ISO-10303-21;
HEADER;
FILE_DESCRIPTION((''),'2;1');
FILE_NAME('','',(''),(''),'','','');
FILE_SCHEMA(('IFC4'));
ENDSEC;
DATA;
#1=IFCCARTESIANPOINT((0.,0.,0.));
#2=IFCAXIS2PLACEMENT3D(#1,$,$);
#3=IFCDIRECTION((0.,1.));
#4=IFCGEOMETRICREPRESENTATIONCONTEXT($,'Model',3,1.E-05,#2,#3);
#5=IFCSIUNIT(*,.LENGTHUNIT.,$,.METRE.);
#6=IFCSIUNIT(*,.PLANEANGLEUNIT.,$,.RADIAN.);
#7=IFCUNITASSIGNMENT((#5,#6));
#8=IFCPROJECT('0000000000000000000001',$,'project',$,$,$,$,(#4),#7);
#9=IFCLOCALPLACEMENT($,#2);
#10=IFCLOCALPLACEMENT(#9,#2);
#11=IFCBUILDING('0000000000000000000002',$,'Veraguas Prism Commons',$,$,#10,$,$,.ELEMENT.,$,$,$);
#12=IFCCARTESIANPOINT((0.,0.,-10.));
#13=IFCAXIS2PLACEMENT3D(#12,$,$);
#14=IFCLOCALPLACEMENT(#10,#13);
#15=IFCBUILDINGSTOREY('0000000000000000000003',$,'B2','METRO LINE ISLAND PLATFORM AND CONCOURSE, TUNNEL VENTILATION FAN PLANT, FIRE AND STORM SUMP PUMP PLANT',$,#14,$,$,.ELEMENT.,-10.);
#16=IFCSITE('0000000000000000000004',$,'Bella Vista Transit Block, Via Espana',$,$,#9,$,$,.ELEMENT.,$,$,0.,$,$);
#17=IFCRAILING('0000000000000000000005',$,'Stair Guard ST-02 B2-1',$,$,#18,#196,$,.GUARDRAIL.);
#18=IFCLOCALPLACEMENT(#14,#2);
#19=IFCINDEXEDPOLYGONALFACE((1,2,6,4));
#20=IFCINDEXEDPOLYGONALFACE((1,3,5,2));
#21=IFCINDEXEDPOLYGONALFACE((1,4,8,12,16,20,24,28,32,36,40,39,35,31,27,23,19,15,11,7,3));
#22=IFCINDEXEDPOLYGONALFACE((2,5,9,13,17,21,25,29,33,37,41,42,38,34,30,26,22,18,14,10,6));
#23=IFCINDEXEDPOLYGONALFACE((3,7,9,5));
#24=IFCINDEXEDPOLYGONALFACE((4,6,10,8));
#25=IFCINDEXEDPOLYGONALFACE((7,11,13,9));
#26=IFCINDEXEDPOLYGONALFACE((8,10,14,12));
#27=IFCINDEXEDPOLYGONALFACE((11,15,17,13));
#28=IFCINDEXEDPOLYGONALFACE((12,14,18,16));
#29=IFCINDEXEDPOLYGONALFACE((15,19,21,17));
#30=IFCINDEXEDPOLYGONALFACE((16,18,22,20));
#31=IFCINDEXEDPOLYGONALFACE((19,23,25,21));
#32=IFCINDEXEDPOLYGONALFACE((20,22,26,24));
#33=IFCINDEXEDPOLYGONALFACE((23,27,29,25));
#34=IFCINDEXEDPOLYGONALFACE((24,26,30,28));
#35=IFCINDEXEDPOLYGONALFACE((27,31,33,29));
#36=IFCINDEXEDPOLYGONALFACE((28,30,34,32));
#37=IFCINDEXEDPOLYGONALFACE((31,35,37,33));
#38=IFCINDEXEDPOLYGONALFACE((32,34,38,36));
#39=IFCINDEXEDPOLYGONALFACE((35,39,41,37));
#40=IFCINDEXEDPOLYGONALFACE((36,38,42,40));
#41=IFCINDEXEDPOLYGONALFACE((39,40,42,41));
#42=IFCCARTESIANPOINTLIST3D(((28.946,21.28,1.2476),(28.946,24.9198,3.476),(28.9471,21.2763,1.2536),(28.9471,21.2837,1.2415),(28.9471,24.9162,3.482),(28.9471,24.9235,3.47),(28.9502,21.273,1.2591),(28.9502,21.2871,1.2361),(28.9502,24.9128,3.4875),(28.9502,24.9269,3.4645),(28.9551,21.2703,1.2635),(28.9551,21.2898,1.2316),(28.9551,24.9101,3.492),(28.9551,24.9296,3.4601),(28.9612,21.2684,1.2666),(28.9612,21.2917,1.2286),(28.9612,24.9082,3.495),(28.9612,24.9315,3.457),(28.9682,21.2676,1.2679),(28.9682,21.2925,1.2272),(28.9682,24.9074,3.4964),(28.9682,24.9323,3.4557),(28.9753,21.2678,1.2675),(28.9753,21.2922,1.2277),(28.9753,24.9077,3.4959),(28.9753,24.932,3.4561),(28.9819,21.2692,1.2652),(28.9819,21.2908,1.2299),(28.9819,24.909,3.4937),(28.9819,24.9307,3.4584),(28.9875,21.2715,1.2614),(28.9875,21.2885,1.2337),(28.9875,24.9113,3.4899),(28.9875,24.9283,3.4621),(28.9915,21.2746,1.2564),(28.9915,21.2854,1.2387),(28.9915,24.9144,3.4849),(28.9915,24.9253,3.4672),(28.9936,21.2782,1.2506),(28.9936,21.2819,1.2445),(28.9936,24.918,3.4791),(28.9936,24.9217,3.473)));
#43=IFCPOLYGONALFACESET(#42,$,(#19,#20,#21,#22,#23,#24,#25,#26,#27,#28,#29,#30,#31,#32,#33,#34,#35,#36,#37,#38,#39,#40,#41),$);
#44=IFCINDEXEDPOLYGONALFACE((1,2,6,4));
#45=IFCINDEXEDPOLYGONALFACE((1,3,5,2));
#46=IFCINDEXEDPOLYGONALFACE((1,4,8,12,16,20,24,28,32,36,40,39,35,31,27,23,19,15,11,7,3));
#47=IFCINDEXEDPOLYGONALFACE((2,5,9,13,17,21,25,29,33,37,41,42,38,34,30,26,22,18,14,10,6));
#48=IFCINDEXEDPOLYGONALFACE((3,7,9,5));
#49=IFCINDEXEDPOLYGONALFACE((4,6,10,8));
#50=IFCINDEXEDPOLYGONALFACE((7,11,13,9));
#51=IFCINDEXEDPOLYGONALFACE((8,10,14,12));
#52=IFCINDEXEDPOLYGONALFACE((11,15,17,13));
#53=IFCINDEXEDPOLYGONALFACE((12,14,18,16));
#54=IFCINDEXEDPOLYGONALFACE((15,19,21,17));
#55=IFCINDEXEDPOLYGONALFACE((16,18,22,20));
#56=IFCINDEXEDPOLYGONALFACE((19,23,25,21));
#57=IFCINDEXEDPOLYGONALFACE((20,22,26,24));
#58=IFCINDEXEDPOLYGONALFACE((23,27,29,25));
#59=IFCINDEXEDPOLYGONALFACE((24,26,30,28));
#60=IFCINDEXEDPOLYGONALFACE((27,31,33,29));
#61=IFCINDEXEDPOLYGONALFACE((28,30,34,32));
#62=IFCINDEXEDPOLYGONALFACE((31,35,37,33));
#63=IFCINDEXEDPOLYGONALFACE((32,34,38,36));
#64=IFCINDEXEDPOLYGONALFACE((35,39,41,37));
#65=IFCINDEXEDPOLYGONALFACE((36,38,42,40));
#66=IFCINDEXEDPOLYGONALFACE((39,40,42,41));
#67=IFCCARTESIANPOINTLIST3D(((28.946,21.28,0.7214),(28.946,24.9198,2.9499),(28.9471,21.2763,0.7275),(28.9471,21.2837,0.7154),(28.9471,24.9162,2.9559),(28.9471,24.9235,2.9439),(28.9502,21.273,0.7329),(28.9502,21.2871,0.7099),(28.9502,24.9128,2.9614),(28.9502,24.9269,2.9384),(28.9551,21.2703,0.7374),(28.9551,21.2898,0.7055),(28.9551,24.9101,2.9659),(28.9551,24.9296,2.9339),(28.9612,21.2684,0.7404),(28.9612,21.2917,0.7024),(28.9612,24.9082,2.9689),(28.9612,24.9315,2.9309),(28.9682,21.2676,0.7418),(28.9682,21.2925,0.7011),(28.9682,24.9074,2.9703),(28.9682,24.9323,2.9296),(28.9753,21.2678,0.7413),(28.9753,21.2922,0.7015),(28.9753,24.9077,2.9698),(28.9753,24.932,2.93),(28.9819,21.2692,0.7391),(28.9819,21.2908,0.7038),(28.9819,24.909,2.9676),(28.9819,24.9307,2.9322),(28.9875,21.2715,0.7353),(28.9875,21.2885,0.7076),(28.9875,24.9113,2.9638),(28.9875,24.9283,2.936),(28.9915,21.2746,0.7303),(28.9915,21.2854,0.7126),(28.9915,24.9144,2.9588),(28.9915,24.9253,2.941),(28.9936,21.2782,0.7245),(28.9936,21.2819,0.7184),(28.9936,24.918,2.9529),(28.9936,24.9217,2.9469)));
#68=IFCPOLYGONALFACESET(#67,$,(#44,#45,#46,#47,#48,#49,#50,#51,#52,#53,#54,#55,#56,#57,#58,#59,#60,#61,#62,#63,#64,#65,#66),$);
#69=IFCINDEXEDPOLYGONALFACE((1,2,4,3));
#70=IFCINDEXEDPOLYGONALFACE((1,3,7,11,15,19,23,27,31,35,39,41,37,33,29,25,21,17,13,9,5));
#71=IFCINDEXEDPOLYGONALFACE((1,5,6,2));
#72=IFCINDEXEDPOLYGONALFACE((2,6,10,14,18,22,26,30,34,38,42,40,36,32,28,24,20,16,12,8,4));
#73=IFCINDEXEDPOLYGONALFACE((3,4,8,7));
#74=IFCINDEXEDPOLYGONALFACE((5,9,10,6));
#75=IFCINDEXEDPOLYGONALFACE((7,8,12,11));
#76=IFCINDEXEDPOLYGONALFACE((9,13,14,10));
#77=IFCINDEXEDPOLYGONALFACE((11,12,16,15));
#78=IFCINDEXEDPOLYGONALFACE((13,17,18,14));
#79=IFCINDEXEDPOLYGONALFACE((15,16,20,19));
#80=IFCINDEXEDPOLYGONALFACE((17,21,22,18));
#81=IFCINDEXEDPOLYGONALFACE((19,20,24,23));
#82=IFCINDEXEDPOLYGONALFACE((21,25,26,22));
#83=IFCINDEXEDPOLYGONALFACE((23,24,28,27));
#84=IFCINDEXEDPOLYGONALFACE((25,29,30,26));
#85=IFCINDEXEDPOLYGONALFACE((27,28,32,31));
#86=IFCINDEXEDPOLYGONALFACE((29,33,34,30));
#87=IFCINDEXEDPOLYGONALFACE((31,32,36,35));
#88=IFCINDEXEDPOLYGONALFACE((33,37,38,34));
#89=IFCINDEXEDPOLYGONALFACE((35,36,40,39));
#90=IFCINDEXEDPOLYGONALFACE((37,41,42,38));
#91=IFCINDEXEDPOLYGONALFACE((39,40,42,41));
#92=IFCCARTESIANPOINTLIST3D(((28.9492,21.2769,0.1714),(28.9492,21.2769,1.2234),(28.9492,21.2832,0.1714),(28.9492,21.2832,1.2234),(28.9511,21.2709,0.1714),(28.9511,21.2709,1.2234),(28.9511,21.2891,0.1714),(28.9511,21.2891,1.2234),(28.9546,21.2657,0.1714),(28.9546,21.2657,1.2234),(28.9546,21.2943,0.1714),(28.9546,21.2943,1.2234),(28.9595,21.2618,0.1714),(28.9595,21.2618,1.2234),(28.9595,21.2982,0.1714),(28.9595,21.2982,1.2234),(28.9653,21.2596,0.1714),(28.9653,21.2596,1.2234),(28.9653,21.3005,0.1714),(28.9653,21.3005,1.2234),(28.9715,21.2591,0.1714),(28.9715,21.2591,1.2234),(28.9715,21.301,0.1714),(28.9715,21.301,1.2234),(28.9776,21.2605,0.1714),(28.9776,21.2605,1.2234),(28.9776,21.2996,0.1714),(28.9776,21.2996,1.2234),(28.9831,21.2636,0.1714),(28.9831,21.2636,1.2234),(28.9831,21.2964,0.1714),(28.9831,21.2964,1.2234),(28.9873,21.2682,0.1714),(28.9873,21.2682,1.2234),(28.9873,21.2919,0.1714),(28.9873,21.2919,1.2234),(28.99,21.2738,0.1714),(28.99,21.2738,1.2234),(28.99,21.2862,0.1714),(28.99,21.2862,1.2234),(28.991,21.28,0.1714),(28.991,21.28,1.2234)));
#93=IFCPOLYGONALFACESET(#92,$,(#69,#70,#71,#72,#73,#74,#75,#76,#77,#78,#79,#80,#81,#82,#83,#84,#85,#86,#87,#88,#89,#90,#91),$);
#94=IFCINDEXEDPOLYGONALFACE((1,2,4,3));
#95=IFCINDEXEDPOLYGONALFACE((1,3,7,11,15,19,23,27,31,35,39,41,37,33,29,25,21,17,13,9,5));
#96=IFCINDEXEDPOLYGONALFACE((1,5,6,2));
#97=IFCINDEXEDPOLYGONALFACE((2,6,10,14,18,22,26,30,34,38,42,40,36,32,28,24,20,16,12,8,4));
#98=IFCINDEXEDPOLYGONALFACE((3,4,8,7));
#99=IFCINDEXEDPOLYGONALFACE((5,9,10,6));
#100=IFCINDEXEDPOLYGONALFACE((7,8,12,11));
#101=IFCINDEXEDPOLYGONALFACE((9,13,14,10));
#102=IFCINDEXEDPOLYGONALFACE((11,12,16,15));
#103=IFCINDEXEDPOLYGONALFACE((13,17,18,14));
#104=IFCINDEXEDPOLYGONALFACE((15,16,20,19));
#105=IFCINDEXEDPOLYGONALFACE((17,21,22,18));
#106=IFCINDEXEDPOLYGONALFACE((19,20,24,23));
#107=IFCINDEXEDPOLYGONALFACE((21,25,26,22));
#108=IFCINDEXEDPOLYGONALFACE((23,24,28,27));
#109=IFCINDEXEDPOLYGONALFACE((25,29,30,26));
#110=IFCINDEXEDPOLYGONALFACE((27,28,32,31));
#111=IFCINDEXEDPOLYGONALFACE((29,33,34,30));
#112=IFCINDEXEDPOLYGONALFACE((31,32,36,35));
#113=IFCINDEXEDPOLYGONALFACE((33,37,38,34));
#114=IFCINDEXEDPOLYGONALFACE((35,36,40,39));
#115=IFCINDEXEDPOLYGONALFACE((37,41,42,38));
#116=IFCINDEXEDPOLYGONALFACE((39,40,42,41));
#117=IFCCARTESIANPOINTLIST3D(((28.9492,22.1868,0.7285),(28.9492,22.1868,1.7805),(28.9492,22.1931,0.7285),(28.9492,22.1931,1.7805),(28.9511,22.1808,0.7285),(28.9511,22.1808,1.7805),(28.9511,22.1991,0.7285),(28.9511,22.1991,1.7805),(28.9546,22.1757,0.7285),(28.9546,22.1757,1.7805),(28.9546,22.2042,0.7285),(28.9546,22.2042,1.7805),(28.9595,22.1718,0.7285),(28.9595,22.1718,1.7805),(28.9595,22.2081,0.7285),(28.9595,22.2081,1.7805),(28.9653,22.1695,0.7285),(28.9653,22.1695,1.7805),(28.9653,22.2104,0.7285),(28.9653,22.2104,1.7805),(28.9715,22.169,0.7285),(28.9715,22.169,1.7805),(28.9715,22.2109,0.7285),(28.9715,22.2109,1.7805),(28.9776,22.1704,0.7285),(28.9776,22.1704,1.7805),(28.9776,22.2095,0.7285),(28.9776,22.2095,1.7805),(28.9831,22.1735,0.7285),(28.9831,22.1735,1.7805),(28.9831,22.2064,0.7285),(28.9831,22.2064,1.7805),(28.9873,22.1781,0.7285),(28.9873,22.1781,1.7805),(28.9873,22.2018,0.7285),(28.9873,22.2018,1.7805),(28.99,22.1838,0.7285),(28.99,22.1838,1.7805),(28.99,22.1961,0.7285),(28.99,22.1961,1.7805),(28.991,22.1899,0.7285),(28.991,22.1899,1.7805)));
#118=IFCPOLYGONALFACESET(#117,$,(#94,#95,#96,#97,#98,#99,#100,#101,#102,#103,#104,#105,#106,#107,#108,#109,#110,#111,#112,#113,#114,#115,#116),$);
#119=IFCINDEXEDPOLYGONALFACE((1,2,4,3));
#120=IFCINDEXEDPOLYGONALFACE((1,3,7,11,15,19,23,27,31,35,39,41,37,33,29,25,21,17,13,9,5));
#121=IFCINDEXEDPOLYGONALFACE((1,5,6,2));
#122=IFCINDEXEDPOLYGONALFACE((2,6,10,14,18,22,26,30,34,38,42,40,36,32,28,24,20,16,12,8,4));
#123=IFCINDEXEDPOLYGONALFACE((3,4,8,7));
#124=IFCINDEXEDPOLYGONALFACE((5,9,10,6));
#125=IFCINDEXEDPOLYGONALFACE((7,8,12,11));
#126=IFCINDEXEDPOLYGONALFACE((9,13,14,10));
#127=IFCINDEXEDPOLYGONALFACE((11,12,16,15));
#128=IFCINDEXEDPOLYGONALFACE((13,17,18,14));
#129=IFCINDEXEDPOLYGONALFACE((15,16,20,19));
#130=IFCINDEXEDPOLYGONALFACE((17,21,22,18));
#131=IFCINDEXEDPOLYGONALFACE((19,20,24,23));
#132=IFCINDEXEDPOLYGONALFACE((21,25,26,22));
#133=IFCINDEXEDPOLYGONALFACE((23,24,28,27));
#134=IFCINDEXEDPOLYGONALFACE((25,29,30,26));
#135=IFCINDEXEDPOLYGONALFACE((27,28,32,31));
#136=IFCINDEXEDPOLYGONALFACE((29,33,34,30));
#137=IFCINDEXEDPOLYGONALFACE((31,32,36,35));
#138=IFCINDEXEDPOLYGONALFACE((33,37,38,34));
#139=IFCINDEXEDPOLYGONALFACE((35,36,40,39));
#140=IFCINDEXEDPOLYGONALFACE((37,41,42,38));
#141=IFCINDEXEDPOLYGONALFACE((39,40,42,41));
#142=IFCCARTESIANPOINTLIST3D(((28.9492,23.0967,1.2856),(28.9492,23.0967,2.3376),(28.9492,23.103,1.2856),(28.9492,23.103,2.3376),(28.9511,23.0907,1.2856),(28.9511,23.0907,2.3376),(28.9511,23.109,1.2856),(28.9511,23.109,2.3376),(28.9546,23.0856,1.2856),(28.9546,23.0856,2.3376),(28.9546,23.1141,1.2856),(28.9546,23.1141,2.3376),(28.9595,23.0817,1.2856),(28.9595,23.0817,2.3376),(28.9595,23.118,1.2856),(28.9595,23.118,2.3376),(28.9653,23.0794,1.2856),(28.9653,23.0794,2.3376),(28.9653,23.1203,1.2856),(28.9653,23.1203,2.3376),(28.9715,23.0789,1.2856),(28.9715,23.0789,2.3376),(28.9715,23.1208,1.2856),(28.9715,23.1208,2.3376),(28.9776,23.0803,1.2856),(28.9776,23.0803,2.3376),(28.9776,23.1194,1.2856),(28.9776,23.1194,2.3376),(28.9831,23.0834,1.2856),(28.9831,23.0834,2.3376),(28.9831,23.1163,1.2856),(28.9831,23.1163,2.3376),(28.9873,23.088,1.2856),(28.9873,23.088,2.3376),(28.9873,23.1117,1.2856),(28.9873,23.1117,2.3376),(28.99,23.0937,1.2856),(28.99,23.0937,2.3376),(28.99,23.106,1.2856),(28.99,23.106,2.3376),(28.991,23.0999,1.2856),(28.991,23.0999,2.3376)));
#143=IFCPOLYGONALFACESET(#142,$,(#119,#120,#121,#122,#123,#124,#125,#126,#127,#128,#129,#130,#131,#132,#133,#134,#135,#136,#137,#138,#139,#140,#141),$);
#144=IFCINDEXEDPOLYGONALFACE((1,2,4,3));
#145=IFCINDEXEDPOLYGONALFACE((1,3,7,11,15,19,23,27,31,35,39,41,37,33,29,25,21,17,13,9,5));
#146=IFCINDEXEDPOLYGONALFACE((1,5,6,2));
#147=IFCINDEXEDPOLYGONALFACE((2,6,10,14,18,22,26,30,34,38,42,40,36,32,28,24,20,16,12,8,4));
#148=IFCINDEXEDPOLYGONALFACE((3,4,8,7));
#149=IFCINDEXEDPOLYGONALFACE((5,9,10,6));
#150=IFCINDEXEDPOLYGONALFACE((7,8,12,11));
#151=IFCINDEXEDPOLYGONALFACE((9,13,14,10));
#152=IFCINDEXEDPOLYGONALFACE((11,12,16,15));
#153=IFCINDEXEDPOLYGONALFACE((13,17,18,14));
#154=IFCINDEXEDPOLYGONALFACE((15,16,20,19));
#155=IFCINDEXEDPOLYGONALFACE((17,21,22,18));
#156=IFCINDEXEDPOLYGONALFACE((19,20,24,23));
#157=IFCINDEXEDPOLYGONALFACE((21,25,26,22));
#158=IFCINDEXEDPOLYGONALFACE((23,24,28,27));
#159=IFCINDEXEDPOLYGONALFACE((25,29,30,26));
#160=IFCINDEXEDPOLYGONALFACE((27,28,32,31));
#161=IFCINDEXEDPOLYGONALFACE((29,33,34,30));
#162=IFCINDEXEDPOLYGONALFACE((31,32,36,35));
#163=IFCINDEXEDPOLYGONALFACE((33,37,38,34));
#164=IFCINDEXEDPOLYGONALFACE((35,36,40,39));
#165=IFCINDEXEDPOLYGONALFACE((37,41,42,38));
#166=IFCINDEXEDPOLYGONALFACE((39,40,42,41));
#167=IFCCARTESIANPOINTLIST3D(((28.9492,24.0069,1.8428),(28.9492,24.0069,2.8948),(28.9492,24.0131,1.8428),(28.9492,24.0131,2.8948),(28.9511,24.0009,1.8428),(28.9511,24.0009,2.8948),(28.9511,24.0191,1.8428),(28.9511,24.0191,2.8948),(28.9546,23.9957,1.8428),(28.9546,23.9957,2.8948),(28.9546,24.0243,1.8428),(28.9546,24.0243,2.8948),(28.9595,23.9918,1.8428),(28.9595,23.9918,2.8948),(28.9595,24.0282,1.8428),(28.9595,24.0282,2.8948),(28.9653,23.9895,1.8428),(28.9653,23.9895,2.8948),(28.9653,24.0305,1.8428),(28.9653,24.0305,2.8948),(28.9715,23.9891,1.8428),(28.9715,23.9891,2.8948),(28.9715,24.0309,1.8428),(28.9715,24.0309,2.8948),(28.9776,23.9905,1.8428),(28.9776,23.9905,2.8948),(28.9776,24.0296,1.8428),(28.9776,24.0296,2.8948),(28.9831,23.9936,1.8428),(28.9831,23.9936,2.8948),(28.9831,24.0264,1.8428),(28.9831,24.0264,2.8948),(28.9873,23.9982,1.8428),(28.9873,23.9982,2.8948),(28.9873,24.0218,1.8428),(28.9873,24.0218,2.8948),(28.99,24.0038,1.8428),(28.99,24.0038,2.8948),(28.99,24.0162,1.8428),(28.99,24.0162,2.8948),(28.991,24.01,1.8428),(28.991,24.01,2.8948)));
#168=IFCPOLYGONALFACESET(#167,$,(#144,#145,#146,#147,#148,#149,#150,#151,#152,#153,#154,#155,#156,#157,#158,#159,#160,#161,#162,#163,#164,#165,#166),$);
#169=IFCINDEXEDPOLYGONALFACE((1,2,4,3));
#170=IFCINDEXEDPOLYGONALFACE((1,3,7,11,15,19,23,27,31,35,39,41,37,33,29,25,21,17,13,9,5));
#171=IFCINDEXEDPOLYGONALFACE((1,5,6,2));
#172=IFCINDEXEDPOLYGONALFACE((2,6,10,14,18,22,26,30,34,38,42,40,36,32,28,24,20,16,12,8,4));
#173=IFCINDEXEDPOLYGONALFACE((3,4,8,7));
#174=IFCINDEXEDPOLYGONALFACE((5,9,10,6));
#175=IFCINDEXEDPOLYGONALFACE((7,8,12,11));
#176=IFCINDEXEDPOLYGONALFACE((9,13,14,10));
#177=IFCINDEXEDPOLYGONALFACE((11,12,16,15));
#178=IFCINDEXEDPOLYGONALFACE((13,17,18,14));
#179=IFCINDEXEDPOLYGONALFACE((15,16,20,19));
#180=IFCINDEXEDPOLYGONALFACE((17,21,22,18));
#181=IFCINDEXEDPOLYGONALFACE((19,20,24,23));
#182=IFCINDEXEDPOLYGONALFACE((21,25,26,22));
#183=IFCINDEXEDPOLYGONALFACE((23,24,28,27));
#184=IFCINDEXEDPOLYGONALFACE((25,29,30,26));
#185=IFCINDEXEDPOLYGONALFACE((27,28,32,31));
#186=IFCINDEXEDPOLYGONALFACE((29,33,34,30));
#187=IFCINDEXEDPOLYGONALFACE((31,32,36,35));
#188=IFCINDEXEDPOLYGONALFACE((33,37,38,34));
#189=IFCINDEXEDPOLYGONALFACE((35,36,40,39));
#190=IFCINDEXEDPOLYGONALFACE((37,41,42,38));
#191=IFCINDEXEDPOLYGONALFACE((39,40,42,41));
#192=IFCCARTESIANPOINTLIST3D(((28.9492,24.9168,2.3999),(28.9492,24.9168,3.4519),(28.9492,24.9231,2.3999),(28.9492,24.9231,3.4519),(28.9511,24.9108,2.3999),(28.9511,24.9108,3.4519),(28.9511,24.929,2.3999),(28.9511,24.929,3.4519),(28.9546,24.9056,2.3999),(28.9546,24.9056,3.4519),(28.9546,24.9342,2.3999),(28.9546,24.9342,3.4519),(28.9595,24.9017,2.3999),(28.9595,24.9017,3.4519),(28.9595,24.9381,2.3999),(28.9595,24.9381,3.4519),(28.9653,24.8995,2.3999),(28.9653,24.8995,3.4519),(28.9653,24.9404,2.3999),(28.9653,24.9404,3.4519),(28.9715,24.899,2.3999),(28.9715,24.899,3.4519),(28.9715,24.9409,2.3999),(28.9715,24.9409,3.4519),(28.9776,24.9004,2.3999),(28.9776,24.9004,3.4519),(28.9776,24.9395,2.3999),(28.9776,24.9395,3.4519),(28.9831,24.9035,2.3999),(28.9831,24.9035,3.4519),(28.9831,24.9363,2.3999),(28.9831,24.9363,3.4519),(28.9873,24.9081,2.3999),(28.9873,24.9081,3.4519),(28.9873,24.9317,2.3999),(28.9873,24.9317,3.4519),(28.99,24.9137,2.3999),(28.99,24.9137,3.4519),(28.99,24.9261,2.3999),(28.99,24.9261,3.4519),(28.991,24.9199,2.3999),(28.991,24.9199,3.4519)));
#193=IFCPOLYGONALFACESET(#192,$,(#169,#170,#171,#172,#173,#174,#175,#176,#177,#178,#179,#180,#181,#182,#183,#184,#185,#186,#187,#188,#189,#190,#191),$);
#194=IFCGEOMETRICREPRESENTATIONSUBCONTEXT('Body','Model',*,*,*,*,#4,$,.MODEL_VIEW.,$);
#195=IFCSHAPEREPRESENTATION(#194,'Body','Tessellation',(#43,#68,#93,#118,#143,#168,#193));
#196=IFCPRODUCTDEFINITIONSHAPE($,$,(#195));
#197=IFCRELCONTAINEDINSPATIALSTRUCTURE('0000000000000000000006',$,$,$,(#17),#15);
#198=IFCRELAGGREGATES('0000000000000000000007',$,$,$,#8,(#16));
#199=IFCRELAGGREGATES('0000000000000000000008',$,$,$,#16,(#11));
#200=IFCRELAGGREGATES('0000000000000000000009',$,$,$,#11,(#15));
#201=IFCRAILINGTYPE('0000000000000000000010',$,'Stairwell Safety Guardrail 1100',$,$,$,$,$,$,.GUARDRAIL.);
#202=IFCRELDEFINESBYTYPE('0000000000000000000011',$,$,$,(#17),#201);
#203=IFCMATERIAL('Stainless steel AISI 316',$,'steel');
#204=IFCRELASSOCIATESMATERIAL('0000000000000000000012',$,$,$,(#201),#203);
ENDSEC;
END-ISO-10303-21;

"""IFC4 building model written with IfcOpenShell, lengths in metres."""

from ifc_helpers import new_model, si_unit, direction, frame, origin, origin_2d, place, context, subcontext, project, spatial, circle, extrude, material, type_object, element, save


model = new_model("IFC4")

# Units and contexts
model_context = context("Model", 3, precision=1e-05, world=origin(), true_north=direction((0.0, 1.0)))
body_context = subcontext(model_context, "Body", "Model", "MODEL_VIEW")
ifc_project = project(units=[si_unit("LENGTHUNIT", "METRE"), si_unit("PLANEANGLEUNIT", "RADIAN")], contexts=[model_context])

# Site, building, storey
site_placement = place(None, origin())
site = spatial("IfcSite", under=ifc_project, at=site_placement, Name="Bella Vista Transit Block, Via Espana", CompositionType="ELEMENT", RefElevation=0.0)
building_placement = place(site_placement, origin())
building = spatial("IfcBuilding", under=site, at=building_placement, Name="Veraguas Prism Commons", CompositionType="ELEMENT")
storey_placement = place(building_placement, frame((0.0, 0.0, -10.0)))
storey = spatial("IfcBuildingStorey", under=building, at=storey_placement, Name="B2", Description="METRO LINE ISLAND PLATFORM AND CONCOURSE, TUNNEL VENTILATION FAN PLANT, FIRE AND STORM SUMP PUMP PLANT", CompositionType="ELEMENT", Elevation=-10.0)

# Shared definitions
ifc_material_1 = material(Name="Stainless steel AISI 316", Category="steel")

# Railing
railing_type_1 = type_object("IfcRailingType", Name="Stairwell Safety Guardrail 1100", PredefinedType="GUARDRAIL", material=ifc_material_1)
railing_1_placement = place(storey_placement, frame((28.97, 21.28, 0.1714)))
element("IfcRailing", 1, at=railing_1_placement, inside=storey, type_object=railing_type_1, Name="Stair Guard ST-02 B2-1", PredefinedType="GUARDRAIL", context=body_context, shape_type="SweptSolid", body=[
    extrude(circle(Radius=0.0239, at=origin_2d()), frame((0.0, 0.0, 1.0762), z_axis=(0.0, 0.85285, 0.522156), x_axis=(-1.0, 0.0, 0.0)), (0.0, 0.0, 1.0), 4.2678),
    extrude(circle(Radius=0.0239, at=origin_2d()), frame((0.0, 0.0, 0.55), z_axis=(0.0, 0.85285, 0.522156), x_axis=(-1.0, 0.0, 0.0)), (0.0, 0.0, 1.0), 4.2678),
    extrude(circle(Radius=0.021, at=origin_2d()), origin(), (0.0, 0.0, 1.0), 1.052),
    extrude(circle(Radius=0.021, at=origin_2d()), frame((0.0, 0.9099, 0.5571)), (0.0, 0.0, 1.0), 1.052),
    extrude(circle(Radius=0.021, at=origin_2d()), frame((0.0, 1.8198, 1.1143)), (0.0, 0.0, 1.0), 1.052),
    extrude(circle(Radius=0.021, at=origin_2d()), frame((0.0, 2.73, 1.6714)), (0.0, 0.0, 1.0), 1.052),
    extrude(circle(Radius=0.021, at=origin_2d()), frame((0.0, 3.6399, 2.2285)), (0.0, 0.0, 1.0), 1.052),
])

save(model, "model.ifc")
